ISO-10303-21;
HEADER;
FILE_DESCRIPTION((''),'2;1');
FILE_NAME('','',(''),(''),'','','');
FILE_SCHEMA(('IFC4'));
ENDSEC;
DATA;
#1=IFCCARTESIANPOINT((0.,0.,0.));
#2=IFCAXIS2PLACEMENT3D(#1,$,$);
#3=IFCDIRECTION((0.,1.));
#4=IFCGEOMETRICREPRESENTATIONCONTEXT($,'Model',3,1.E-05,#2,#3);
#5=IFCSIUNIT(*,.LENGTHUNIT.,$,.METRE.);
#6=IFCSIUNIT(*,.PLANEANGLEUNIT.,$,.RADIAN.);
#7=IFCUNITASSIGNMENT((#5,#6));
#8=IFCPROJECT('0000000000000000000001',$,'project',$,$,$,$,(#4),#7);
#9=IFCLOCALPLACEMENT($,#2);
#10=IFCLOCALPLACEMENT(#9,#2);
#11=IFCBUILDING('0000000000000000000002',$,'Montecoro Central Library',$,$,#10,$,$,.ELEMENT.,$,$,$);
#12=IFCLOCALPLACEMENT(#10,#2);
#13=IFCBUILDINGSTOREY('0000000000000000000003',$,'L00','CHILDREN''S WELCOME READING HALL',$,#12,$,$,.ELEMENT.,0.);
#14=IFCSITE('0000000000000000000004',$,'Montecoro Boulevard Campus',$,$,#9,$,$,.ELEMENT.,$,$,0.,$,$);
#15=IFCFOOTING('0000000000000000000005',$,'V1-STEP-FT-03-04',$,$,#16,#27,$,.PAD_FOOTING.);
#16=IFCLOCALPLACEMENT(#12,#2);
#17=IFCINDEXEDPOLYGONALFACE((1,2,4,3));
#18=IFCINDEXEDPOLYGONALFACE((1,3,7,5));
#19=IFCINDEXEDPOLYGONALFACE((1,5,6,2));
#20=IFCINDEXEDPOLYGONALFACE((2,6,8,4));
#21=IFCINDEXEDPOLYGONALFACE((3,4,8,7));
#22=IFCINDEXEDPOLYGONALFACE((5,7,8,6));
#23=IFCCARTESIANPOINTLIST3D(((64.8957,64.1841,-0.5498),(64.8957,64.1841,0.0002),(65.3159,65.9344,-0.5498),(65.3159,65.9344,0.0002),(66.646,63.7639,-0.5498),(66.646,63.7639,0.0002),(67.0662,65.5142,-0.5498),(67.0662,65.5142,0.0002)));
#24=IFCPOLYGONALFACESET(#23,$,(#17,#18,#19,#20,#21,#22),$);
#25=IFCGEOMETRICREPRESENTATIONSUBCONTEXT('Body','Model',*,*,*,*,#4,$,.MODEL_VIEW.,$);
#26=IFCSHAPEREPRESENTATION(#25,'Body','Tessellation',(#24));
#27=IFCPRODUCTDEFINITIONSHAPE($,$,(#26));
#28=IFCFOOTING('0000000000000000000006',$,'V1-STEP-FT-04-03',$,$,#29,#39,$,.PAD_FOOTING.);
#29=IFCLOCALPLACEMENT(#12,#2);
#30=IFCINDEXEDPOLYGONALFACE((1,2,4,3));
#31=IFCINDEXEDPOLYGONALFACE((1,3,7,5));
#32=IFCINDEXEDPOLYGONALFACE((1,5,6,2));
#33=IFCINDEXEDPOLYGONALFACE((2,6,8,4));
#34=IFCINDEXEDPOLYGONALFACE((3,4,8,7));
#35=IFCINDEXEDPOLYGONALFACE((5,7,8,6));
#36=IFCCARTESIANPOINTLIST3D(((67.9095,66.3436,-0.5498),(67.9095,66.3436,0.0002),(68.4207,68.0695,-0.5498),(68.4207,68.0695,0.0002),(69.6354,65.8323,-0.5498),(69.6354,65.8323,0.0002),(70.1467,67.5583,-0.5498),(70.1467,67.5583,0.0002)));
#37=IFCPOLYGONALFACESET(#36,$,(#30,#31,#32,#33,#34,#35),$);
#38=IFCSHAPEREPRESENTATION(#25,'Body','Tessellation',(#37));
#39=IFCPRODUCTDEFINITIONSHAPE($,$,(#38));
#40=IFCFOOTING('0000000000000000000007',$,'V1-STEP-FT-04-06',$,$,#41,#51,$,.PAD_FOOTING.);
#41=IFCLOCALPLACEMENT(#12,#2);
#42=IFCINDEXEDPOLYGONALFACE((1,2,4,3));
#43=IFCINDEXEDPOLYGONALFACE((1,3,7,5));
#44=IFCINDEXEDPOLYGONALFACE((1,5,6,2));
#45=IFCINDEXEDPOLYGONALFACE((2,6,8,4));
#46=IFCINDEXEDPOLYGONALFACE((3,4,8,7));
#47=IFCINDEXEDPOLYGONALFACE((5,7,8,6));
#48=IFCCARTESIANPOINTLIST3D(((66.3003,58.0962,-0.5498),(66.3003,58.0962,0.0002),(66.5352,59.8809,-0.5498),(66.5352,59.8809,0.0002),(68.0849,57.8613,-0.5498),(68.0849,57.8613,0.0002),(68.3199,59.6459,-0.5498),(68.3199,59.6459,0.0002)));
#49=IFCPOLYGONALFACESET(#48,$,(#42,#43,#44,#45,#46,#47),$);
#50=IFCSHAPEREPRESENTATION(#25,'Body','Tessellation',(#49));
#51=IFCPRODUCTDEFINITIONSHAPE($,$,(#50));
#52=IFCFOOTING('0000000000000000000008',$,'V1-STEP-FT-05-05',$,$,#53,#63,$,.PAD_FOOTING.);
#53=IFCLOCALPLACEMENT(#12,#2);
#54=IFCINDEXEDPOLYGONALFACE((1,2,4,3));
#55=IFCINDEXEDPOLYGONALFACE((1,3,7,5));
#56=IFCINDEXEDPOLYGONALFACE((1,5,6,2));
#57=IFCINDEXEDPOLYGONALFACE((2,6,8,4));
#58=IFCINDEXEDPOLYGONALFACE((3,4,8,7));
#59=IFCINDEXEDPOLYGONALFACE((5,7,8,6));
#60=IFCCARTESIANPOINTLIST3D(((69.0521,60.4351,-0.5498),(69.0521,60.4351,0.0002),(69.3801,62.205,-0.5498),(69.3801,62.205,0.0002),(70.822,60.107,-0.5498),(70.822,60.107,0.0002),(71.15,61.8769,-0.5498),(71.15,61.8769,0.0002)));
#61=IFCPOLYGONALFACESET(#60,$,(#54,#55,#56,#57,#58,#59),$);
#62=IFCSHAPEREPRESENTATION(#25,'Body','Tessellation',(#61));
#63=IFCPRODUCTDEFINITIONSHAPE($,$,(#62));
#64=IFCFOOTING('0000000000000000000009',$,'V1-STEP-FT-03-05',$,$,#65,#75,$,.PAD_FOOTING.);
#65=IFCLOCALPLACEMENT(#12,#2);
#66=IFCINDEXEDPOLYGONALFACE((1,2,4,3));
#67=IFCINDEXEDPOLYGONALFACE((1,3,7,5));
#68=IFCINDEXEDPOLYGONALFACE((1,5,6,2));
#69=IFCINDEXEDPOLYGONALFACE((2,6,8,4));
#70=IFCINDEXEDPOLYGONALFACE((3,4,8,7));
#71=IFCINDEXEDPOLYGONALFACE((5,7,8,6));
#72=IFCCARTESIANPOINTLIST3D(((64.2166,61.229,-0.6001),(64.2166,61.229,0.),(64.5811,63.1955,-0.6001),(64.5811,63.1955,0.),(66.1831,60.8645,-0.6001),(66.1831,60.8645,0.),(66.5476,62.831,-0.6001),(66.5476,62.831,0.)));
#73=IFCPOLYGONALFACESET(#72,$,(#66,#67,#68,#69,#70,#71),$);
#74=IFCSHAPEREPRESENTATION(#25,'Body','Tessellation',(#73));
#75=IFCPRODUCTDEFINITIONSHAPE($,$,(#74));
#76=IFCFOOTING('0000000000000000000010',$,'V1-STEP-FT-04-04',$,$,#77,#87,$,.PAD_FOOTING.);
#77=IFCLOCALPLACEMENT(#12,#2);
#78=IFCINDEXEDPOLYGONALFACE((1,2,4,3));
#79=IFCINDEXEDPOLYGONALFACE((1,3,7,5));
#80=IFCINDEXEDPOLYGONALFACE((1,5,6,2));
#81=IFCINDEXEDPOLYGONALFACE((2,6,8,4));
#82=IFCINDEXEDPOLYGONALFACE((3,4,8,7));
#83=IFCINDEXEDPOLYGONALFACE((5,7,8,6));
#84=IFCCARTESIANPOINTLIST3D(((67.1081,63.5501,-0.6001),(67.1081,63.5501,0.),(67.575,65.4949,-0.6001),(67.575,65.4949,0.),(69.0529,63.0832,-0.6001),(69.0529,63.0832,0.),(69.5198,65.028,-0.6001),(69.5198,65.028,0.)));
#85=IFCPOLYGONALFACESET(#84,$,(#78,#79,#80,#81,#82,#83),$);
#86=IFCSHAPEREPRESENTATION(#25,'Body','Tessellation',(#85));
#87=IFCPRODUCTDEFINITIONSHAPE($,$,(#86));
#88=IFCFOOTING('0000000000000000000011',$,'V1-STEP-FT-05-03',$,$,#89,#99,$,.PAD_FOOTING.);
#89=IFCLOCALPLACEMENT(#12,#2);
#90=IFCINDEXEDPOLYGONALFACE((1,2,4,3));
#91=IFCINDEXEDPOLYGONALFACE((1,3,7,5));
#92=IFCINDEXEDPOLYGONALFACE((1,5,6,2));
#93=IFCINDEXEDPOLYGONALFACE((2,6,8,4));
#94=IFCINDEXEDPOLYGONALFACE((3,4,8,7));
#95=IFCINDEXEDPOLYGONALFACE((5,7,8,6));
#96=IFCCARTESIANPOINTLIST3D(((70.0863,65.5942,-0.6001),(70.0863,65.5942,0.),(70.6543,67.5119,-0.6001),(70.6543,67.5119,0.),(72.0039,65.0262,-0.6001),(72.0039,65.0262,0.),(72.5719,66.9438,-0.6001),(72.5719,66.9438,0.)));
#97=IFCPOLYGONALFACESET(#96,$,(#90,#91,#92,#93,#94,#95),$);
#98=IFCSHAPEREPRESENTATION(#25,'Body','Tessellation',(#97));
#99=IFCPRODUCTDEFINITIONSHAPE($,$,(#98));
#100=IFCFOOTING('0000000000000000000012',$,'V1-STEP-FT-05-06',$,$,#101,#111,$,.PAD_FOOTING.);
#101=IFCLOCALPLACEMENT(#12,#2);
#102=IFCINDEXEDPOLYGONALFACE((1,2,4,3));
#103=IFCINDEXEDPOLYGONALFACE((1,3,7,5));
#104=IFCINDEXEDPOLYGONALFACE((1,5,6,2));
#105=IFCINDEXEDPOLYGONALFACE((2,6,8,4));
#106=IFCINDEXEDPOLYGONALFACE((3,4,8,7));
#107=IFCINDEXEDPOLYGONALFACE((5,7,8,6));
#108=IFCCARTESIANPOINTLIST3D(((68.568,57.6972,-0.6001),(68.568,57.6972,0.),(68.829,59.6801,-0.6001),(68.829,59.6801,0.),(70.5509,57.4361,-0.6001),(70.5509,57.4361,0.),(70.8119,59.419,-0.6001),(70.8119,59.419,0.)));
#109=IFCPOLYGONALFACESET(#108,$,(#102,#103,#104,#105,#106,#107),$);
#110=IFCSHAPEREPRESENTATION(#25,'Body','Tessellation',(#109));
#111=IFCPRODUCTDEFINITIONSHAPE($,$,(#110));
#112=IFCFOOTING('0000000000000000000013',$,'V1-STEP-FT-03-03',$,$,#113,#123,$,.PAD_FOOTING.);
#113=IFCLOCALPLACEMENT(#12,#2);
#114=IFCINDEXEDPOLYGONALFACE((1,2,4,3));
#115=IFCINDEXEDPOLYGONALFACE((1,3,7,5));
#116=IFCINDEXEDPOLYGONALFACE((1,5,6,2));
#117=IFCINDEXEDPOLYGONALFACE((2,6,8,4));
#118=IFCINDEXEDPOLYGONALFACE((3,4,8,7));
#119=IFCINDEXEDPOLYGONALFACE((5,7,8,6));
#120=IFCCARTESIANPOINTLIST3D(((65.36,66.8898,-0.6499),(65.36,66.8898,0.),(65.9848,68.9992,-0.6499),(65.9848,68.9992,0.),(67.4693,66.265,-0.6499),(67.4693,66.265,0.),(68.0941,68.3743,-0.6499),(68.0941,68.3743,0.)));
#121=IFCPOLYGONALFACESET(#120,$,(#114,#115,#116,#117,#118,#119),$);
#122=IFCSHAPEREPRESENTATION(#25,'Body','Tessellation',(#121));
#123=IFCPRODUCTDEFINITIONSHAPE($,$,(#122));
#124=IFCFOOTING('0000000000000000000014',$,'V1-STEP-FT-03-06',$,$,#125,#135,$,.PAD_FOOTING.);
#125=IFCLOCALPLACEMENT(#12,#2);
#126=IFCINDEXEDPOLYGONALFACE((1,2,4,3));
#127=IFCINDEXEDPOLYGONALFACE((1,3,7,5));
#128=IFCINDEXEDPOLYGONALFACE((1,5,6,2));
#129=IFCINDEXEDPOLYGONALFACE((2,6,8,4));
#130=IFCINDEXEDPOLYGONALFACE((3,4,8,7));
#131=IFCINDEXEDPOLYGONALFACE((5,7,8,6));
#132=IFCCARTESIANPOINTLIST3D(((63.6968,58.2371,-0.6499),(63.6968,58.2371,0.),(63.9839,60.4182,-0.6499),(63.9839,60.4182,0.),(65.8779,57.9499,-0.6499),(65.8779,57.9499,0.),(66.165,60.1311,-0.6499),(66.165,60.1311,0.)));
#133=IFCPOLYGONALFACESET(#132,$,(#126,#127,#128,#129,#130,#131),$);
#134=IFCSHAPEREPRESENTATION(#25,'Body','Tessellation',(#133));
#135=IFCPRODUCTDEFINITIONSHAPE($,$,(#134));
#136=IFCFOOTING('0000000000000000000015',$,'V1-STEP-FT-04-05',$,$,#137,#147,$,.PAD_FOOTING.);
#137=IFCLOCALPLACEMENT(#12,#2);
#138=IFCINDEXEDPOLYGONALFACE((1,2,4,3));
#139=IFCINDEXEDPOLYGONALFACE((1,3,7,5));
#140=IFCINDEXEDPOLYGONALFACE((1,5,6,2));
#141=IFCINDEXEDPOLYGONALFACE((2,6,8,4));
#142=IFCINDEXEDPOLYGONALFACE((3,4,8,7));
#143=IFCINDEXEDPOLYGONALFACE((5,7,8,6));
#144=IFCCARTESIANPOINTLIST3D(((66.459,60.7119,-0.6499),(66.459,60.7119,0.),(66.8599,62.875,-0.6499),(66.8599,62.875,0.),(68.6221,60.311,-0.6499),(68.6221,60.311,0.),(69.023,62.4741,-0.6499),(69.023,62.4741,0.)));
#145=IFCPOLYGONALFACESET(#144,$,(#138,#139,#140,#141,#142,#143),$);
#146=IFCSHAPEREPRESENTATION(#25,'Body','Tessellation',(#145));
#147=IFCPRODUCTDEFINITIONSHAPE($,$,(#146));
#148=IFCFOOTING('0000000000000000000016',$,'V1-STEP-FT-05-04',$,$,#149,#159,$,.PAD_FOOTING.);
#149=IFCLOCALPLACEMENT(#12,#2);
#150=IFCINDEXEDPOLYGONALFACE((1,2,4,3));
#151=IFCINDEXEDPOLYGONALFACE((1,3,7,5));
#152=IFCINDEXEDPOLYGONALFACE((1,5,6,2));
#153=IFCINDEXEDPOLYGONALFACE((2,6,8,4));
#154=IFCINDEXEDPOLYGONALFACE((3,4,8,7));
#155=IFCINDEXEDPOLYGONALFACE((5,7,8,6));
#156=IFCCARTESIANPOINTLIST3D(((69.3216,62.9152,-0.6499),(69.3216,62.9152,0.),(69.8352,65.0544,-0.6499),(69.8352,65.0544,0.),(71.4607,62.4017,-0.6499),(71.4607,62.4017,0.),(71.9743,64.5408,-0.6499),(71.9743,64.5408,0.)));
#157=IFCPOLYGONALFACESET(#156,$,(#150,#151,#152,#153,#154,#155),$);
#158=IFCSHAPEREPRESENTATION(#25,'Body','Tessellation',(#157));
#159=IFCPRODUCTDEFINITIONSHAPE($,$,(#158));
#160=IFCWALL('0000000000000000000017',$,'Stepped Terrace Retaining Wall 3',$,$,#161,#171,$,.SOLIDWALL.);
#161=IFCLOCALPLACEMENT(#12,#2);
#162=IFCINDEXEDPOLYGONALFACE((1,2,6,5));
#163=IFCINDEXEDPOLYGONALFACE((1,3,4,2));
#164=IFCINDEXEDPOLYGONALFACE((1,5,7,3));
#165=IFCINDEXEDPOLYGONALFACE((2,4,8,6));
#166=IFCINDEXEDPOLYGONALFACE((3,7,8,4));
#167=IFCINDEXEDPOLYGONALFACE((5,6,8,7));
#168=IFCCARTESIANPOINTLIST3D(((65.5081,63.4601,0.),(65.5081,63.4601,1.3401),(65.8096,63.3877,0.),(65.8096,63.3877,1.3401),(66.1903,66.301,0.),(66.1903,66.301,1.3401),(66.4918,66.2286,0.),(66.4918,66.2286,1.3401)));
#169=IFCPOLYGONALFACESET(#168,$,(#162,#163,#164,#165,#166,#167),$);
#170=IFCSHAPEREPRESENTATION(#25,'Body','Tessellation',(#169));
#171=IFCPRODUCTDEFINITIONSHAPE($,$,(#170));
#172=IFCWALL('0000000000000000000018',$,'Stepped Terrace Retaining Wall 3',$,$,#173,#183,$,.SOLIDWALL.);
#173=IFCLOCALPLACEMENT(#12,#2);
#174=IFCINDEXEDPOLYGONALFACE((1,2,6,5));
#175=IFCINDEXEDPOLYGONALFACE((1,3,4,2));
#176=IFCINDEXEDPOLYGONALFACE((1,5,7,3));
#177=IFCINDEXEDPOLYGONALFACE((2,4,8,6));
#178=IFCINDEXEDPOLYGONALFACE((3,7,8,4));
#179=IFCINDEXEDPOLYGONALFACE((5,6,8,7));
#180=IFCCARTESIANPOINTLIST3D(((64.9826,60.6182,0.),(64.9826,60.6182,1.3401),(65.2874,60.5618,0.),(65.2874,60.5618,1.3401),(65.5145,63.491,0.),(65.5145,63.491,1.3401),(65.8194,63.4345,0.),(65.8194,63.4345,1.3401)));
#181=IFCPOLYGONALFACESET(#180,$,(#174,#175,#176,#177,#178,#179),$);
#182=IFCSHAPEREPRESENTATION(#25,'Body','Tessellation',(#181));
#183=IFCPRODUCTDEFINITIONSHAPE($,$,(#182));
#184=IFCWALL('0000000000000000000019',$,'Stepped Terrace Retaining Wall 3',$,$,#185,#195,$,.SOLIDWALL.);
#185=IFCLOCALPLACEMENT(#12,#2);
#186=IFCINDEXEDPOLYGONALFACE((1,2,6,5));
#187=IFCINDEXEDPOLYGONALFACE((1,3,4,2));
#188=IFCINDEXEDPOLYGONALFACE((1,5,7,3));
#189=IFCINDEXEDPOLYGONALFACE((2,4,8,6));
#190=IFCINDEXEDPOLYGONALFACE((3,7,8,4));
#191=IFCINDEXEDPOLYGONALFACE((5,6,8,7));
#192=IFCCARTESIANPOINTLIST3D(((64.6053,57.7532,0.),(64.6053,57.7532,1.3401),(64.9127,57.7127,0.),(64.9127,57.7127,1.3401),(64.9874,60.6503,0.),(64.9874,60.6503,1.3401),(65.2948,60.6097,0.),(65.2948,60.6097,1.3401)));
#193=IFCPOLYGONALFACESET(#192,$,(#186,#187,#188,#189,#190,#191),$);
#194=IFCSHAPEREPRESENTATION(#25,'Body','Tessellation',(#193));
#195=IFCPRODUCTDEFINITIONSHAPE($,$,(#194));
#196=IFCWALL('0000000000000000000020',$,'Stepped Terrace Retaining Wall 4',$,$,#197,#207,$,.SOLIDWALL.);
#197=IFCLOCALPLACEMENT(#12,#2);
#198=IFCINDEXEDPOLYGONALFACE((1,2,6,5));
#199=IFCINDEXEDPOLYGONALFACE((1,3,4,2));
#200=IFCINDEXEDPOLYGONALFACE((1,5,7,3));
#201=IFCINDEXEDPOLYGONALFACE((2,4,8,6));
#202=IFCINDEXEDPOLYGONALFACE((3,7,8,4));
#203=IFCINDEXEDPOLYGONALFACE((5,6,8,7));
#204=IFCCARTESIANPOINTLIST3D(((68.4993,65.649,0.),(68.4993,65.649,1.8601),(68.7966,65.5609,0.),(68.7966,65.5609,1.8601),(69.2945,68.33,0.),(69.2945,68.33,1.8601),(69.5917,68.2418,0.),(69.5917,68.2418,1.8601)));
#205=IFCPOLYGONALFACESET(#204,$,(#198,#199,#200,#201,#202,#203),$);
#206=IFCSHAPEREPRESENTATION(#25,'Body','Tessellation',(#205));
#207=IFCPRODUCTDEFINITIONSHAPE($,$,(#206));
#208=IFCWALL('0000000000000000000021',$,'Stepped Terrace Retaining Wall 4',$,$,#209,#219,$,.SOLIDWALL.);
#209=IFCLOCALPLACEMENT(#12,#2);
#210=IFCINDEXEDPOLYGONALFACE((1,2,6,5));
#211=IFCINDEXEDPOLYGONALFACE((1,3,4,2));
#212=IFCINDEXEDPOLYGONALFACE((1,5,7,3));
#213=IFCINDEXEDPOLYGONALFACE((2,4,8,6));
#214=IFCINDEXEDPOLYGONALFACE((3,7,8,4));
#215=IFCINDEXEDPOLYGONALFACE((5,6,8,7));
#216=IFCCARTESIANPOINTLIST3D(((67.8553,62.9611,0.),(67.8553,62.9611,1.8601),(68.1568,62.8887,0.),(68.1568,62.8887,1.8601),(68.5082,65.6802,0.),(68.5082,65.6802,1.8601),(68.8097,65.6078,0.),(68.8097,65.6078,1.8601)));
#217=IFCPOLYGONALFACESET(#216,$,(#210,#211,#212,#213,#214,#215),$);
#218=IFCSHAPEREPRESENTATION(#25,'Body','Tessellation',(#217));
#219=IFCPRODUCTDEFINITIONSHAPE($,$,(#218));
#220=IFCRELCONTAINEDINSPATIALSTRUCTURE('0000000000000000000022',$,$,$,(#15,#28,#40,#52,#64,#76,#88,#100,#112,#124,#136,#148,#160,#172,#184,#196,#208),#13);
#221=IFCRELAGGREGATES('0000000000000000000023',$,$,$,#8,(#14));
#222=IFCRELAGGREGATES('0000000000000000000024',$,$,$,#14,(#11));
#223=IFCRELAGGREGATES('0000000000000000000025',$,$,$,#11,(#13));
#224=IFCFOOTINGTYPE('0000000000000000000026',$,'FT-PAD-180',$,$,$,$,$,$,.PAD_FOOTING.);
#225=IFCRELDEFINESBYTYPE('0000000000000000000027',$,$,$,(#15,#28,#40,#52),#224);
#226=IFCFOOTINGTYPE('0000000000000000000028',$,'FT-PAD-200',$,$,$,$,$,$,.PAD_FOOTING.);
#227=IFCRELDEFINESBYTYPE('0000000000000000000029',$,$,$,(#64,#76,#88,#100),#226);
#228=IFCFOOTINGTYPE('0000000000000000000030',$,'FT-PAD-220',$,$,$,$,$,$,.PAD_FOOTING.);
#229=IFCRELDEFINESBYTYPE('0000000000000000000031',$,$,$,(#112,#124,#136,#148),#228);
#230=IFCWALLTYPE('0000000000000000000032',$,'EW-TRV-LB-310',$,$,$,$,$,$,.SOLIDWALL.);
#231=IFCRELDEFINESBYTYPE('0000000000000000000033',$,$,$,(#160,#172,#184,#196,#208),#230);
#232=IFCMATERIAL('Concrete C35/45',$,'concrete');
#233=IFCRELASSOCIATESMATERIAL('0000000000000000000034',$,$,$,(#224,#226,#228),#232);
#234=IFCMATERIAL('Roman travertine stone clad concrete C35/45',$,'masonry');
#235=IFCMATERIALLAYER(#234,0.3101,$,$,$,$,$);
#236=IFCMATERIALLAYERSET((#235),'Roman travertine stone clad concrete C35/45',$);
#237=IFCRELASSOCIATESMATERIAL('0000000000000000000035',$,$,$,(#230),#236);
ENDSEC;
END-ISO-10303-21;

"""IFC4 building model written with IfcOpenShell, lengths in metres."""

from ifc_helpers import new_model, si_unit, direction, frame, frame_2d, origin, origin_2d, place, context, subcontext, project, spatial, rectangle, extrude, material, layer, layer_set, type_object, element, save


model = new_model("IFC4")

# Units and contexts
model_context = context("Model", 3, precision=1e-05, world=origin(), true_north=direction((0.0, 1.0)))
body_context = subcontext(model_context, "Body", "Model", "MODEL_VIEW")
ifc_project = project(units=[si_unit("LENGTHUNIT", "METRE"), si_unit("PLANEANGLEUNIT", "RADIAN")], contexts=[model_context])

# Site, building, storey
site_placement = place(None, origin())
site = spatial("IfcSite", under=ifc_project, at=site_placement, Name="Montecoro Boulevard Campus", CompositionType="ELEMENT", RefElevation=0.0)
building_placement = place(site_placement, origin())
building = spatial("IfcBuilding", under=site, at=building_placement, Name="Montecoro Central Library", CompositionType="ELEMENT")
storey_placement = place(building_placement, origin())
storey = spatial("IfcBuildingStorey", under=building, at=storey_placement, Name="L00", Description="CHILDREN'S WELCOME READING HALL", CompositionType="ELEMENT", Elevation=0.0)

# Footings
ifc_material_1 = material(Name="Concrete C35/45", Category="concrete")
footing_type_1 = type_object("IfcFootingType", Name="FT-PAD-180", PredefinedType="PAD_FOOTING", material=ifc_material_1)
for number, where, z_axis, x_axis, name in (
    (1, (65.981, 64.8491, -0.5498), (0.0, 0.0, 1.0), (-0.233445, -0.97237, 0.0), "V1-STEP-FT-03-04"),
    (2, (69.0281, 66.9509, -0.5498), (0.0, 0.0, 1.0), (-0.284015, -0.95882, 0.0), "V1-STEP-FT-04-03"),
    (3, (67.3101, 58.8711, -0.5498), (0.0, 0.0, 1.0), (-0.130526, -0.991445, 0.0), "V1-STEP-FT-04-06"),
    (4, (70.1011, 61.156, -0.5498), (0.0, 0.0, 1.0), (-0.182236, -0.983255, 0.0), "V1-STEP-FT-05-05"),
):
    element("IfcFooting", number, at=place(storey_placement, frame(where, z_axis=z_axis, x_axis=x_axis)), inside=storey, type_object=footing_type_1, Name=name, PredefinedType="PAD_FOOTING", context=body_context, shape_type="SweptSolid", body=[
        extrude(rectangle(XDim=1.8, YDim=1.8, at=origin_2d()), origin(), (0.0, 0.0, 1.0), 0.55),
    ])
footing_type_2 = type_object("IfcFootingType", Name="FT-PAD-200", PredefinedType="PAD_FOOTING", material=ifc_material_1)
for number, where, z_axis, x_axis, name in (
    (5, (65.3821, 62.03, -0.6001), (0.0, 0.0, 1.0), (-0.182236, -0.983255, 0.0), "V1-STEP-FT-03-05"),
    (6, (68.314, 64.2891, -0.6001), (0.0, 0.0, 1.0), (-0.233445, -0.97237, 0.0), "V1-STEP-FT-04-04"),
    (7, (71.3291, 66.269, -0.6001), (0.0, 0.0, 1.0), (-0.284015, -0.95882, 0.0), "V1-STEP-FT-05-03"),
    (8, (69.6899, 58.5581, -0.6001), (0.0, 0.0, 1.0), (-0.130526, -0.991445, 0.0), "V1-STEP-FT-05-06"),
):
    element("IfcFooting", number, at=place(storey_placement, frame(where, z_axis=z_axis, x_axis=x_axis)), inside=storey, type_object=footing_type_2, Name=name, PredefinedType="PAD_FOOTING", context=body_context, shape_type="SweptSolid", body=[
        extrude(rectangle(XDim=2.0, YDim=2.0, at=origin_2d()), origin(), (0.0, 0.0, 1.0), 0.6001),
    ])
footing_type_3 = type_object("IfcFootingType", Name="FT-PAD-220", PredefinedType="PAD_FOOTING", material=ifc_material_1)
for number, where, z_axis, x_axis, name in (
    (9, (66.7271, 67.6321, -0.6499), (0.0, 0.0, 1.0), (-0.284015, -0.95882, 0.0), "V1-STEP-FT-03-03"),
    (10, (64.9309, 59.1841, -0.6499), (0.0, 0.0, 1.0), (-0.130526, -0.991445, 0.0), "V1-STEP-FT-03-06"),
    (11, (67.741, 61.593, -0.6499), (0.0, 0.0, 1.0), (-0.182236, -0.983255, 0.0), "V1-STEP-FT-04-05"),
    (12, (70.6479, 63.728, -0.6499), (0.0, 0.0, 1.0), (-0.233445, -0.97237, 0.0), "V1-STEP-FT-05-04"),
):
    element("IfcFooting", number, at=place(storey_placement, frame(where, z_axis=z_axis, x_axis=x_axis)), inside=storey, type_object=footing_type_3, Name=name, PredefinedType="PAD_FOOTING", context=body_context, shape_type="SweptSolid", body=[
        extrude(rectangle(XDim=2.2, YDim=2.2, at=origin_2d()), origin(), (0.0, 0.0, 1.0), 0.6499),
    ])

# Walls
ifc_material_2 = material(Name="Roman travertine stone clad concrete C35/45", Category="masonry")
ifc_layer = layer(ifc_material_2, 0.3101)
ifc_layer_set = layer_set([ifc_layer], Name="Roman travertine stone clad concrete C35/45")
wall_type = type_object("IfcWallType", Name="EW-TRV-LB-310", PredefinedType="SOLIDWALL", material=ifc_layer_set)
for number, where, z_axis, x_axis, name in (
    (13, (66.3411, 66.2649, 0.0), (0.0, 0.0, 1.0), (-0.23348, -0.972362, 0.0), "Stepped Terrace Retaining Wall 3"),
    (14, (65.667, 63.4629, 0.0), (0.0, 0.0, 1.0), (-0.182083, -0.983283, 0.0), "Stepped Terrace Retaining Wall 3"),
):
    element("IfcWall", number, at=place(storey_placement, frame(where, z_axis=z_axis, x_axis=x_axis)), inside=storey, type_object=wall_type, Name=name, PredefinedType="SOLIDWALL", context=body_context, shape_type="SweptSolid", body=[
        extrude(rectangle(XDim=2.9216, YDim=0.3101, at=frame_2d((1.4609, 0.0))), origin(), (0.0, 0.0, 1.0), 1.3401),
    ])
wall_1_placement = place(storey_placement, frame((65.1411, 60.6299, 0.0), z_axis=(0.0, 0.0, 1.0), x_axis=(-0.130757, -0.991414, 0.0)))
element("IfcWall", 15, at=wall_1_placement, inside=storey, type_object=wall_type, Name="Stepped Terrace Retaining Wall 3", PredefinedType="SOLIDWALL", context=body_context, shape_type="SweptSolid", body=[
    extrude(rectangle(XDim=2.9221, YDim=0.3101, at=frame_2d((1.4609, 0.0))), origin(), (0.0, 0.0, 1.0), 1.3401),
])
for number, where, z_axis, x_axis, name in (
    (16, (69.4431, 68.2859, 0.0), (0.0, 0.0, 1.0), (-0.284359, -0.958718, 0.0), "Stepped Terrace Retaining Wall 4"),
    (17, (68.6589, 65.644, 0.0), (0.0, 0.0, 1.0), (-0.233465, -0.972365, 0.0), "Stepped Terrace Retaining Wall 4"),
):
    element("IfcWall", number, at=place(storey_placement, frame(where, z_axis=z_axis, x_axis=x_axis)), inside=storey, type_object=wall_type, Name=name, PredefinedType="SOLIDWALL", context=body_context, shape_type="SweptSolid", body=[
        extrude(rectangle(XDim=2.7964, YDim=0.3101, at=frame_2d((1.3982, 0.0))), origin(), (0.0, 0.0, 1.0), 1.8601),
    ])

save(model, "model.ifc")
